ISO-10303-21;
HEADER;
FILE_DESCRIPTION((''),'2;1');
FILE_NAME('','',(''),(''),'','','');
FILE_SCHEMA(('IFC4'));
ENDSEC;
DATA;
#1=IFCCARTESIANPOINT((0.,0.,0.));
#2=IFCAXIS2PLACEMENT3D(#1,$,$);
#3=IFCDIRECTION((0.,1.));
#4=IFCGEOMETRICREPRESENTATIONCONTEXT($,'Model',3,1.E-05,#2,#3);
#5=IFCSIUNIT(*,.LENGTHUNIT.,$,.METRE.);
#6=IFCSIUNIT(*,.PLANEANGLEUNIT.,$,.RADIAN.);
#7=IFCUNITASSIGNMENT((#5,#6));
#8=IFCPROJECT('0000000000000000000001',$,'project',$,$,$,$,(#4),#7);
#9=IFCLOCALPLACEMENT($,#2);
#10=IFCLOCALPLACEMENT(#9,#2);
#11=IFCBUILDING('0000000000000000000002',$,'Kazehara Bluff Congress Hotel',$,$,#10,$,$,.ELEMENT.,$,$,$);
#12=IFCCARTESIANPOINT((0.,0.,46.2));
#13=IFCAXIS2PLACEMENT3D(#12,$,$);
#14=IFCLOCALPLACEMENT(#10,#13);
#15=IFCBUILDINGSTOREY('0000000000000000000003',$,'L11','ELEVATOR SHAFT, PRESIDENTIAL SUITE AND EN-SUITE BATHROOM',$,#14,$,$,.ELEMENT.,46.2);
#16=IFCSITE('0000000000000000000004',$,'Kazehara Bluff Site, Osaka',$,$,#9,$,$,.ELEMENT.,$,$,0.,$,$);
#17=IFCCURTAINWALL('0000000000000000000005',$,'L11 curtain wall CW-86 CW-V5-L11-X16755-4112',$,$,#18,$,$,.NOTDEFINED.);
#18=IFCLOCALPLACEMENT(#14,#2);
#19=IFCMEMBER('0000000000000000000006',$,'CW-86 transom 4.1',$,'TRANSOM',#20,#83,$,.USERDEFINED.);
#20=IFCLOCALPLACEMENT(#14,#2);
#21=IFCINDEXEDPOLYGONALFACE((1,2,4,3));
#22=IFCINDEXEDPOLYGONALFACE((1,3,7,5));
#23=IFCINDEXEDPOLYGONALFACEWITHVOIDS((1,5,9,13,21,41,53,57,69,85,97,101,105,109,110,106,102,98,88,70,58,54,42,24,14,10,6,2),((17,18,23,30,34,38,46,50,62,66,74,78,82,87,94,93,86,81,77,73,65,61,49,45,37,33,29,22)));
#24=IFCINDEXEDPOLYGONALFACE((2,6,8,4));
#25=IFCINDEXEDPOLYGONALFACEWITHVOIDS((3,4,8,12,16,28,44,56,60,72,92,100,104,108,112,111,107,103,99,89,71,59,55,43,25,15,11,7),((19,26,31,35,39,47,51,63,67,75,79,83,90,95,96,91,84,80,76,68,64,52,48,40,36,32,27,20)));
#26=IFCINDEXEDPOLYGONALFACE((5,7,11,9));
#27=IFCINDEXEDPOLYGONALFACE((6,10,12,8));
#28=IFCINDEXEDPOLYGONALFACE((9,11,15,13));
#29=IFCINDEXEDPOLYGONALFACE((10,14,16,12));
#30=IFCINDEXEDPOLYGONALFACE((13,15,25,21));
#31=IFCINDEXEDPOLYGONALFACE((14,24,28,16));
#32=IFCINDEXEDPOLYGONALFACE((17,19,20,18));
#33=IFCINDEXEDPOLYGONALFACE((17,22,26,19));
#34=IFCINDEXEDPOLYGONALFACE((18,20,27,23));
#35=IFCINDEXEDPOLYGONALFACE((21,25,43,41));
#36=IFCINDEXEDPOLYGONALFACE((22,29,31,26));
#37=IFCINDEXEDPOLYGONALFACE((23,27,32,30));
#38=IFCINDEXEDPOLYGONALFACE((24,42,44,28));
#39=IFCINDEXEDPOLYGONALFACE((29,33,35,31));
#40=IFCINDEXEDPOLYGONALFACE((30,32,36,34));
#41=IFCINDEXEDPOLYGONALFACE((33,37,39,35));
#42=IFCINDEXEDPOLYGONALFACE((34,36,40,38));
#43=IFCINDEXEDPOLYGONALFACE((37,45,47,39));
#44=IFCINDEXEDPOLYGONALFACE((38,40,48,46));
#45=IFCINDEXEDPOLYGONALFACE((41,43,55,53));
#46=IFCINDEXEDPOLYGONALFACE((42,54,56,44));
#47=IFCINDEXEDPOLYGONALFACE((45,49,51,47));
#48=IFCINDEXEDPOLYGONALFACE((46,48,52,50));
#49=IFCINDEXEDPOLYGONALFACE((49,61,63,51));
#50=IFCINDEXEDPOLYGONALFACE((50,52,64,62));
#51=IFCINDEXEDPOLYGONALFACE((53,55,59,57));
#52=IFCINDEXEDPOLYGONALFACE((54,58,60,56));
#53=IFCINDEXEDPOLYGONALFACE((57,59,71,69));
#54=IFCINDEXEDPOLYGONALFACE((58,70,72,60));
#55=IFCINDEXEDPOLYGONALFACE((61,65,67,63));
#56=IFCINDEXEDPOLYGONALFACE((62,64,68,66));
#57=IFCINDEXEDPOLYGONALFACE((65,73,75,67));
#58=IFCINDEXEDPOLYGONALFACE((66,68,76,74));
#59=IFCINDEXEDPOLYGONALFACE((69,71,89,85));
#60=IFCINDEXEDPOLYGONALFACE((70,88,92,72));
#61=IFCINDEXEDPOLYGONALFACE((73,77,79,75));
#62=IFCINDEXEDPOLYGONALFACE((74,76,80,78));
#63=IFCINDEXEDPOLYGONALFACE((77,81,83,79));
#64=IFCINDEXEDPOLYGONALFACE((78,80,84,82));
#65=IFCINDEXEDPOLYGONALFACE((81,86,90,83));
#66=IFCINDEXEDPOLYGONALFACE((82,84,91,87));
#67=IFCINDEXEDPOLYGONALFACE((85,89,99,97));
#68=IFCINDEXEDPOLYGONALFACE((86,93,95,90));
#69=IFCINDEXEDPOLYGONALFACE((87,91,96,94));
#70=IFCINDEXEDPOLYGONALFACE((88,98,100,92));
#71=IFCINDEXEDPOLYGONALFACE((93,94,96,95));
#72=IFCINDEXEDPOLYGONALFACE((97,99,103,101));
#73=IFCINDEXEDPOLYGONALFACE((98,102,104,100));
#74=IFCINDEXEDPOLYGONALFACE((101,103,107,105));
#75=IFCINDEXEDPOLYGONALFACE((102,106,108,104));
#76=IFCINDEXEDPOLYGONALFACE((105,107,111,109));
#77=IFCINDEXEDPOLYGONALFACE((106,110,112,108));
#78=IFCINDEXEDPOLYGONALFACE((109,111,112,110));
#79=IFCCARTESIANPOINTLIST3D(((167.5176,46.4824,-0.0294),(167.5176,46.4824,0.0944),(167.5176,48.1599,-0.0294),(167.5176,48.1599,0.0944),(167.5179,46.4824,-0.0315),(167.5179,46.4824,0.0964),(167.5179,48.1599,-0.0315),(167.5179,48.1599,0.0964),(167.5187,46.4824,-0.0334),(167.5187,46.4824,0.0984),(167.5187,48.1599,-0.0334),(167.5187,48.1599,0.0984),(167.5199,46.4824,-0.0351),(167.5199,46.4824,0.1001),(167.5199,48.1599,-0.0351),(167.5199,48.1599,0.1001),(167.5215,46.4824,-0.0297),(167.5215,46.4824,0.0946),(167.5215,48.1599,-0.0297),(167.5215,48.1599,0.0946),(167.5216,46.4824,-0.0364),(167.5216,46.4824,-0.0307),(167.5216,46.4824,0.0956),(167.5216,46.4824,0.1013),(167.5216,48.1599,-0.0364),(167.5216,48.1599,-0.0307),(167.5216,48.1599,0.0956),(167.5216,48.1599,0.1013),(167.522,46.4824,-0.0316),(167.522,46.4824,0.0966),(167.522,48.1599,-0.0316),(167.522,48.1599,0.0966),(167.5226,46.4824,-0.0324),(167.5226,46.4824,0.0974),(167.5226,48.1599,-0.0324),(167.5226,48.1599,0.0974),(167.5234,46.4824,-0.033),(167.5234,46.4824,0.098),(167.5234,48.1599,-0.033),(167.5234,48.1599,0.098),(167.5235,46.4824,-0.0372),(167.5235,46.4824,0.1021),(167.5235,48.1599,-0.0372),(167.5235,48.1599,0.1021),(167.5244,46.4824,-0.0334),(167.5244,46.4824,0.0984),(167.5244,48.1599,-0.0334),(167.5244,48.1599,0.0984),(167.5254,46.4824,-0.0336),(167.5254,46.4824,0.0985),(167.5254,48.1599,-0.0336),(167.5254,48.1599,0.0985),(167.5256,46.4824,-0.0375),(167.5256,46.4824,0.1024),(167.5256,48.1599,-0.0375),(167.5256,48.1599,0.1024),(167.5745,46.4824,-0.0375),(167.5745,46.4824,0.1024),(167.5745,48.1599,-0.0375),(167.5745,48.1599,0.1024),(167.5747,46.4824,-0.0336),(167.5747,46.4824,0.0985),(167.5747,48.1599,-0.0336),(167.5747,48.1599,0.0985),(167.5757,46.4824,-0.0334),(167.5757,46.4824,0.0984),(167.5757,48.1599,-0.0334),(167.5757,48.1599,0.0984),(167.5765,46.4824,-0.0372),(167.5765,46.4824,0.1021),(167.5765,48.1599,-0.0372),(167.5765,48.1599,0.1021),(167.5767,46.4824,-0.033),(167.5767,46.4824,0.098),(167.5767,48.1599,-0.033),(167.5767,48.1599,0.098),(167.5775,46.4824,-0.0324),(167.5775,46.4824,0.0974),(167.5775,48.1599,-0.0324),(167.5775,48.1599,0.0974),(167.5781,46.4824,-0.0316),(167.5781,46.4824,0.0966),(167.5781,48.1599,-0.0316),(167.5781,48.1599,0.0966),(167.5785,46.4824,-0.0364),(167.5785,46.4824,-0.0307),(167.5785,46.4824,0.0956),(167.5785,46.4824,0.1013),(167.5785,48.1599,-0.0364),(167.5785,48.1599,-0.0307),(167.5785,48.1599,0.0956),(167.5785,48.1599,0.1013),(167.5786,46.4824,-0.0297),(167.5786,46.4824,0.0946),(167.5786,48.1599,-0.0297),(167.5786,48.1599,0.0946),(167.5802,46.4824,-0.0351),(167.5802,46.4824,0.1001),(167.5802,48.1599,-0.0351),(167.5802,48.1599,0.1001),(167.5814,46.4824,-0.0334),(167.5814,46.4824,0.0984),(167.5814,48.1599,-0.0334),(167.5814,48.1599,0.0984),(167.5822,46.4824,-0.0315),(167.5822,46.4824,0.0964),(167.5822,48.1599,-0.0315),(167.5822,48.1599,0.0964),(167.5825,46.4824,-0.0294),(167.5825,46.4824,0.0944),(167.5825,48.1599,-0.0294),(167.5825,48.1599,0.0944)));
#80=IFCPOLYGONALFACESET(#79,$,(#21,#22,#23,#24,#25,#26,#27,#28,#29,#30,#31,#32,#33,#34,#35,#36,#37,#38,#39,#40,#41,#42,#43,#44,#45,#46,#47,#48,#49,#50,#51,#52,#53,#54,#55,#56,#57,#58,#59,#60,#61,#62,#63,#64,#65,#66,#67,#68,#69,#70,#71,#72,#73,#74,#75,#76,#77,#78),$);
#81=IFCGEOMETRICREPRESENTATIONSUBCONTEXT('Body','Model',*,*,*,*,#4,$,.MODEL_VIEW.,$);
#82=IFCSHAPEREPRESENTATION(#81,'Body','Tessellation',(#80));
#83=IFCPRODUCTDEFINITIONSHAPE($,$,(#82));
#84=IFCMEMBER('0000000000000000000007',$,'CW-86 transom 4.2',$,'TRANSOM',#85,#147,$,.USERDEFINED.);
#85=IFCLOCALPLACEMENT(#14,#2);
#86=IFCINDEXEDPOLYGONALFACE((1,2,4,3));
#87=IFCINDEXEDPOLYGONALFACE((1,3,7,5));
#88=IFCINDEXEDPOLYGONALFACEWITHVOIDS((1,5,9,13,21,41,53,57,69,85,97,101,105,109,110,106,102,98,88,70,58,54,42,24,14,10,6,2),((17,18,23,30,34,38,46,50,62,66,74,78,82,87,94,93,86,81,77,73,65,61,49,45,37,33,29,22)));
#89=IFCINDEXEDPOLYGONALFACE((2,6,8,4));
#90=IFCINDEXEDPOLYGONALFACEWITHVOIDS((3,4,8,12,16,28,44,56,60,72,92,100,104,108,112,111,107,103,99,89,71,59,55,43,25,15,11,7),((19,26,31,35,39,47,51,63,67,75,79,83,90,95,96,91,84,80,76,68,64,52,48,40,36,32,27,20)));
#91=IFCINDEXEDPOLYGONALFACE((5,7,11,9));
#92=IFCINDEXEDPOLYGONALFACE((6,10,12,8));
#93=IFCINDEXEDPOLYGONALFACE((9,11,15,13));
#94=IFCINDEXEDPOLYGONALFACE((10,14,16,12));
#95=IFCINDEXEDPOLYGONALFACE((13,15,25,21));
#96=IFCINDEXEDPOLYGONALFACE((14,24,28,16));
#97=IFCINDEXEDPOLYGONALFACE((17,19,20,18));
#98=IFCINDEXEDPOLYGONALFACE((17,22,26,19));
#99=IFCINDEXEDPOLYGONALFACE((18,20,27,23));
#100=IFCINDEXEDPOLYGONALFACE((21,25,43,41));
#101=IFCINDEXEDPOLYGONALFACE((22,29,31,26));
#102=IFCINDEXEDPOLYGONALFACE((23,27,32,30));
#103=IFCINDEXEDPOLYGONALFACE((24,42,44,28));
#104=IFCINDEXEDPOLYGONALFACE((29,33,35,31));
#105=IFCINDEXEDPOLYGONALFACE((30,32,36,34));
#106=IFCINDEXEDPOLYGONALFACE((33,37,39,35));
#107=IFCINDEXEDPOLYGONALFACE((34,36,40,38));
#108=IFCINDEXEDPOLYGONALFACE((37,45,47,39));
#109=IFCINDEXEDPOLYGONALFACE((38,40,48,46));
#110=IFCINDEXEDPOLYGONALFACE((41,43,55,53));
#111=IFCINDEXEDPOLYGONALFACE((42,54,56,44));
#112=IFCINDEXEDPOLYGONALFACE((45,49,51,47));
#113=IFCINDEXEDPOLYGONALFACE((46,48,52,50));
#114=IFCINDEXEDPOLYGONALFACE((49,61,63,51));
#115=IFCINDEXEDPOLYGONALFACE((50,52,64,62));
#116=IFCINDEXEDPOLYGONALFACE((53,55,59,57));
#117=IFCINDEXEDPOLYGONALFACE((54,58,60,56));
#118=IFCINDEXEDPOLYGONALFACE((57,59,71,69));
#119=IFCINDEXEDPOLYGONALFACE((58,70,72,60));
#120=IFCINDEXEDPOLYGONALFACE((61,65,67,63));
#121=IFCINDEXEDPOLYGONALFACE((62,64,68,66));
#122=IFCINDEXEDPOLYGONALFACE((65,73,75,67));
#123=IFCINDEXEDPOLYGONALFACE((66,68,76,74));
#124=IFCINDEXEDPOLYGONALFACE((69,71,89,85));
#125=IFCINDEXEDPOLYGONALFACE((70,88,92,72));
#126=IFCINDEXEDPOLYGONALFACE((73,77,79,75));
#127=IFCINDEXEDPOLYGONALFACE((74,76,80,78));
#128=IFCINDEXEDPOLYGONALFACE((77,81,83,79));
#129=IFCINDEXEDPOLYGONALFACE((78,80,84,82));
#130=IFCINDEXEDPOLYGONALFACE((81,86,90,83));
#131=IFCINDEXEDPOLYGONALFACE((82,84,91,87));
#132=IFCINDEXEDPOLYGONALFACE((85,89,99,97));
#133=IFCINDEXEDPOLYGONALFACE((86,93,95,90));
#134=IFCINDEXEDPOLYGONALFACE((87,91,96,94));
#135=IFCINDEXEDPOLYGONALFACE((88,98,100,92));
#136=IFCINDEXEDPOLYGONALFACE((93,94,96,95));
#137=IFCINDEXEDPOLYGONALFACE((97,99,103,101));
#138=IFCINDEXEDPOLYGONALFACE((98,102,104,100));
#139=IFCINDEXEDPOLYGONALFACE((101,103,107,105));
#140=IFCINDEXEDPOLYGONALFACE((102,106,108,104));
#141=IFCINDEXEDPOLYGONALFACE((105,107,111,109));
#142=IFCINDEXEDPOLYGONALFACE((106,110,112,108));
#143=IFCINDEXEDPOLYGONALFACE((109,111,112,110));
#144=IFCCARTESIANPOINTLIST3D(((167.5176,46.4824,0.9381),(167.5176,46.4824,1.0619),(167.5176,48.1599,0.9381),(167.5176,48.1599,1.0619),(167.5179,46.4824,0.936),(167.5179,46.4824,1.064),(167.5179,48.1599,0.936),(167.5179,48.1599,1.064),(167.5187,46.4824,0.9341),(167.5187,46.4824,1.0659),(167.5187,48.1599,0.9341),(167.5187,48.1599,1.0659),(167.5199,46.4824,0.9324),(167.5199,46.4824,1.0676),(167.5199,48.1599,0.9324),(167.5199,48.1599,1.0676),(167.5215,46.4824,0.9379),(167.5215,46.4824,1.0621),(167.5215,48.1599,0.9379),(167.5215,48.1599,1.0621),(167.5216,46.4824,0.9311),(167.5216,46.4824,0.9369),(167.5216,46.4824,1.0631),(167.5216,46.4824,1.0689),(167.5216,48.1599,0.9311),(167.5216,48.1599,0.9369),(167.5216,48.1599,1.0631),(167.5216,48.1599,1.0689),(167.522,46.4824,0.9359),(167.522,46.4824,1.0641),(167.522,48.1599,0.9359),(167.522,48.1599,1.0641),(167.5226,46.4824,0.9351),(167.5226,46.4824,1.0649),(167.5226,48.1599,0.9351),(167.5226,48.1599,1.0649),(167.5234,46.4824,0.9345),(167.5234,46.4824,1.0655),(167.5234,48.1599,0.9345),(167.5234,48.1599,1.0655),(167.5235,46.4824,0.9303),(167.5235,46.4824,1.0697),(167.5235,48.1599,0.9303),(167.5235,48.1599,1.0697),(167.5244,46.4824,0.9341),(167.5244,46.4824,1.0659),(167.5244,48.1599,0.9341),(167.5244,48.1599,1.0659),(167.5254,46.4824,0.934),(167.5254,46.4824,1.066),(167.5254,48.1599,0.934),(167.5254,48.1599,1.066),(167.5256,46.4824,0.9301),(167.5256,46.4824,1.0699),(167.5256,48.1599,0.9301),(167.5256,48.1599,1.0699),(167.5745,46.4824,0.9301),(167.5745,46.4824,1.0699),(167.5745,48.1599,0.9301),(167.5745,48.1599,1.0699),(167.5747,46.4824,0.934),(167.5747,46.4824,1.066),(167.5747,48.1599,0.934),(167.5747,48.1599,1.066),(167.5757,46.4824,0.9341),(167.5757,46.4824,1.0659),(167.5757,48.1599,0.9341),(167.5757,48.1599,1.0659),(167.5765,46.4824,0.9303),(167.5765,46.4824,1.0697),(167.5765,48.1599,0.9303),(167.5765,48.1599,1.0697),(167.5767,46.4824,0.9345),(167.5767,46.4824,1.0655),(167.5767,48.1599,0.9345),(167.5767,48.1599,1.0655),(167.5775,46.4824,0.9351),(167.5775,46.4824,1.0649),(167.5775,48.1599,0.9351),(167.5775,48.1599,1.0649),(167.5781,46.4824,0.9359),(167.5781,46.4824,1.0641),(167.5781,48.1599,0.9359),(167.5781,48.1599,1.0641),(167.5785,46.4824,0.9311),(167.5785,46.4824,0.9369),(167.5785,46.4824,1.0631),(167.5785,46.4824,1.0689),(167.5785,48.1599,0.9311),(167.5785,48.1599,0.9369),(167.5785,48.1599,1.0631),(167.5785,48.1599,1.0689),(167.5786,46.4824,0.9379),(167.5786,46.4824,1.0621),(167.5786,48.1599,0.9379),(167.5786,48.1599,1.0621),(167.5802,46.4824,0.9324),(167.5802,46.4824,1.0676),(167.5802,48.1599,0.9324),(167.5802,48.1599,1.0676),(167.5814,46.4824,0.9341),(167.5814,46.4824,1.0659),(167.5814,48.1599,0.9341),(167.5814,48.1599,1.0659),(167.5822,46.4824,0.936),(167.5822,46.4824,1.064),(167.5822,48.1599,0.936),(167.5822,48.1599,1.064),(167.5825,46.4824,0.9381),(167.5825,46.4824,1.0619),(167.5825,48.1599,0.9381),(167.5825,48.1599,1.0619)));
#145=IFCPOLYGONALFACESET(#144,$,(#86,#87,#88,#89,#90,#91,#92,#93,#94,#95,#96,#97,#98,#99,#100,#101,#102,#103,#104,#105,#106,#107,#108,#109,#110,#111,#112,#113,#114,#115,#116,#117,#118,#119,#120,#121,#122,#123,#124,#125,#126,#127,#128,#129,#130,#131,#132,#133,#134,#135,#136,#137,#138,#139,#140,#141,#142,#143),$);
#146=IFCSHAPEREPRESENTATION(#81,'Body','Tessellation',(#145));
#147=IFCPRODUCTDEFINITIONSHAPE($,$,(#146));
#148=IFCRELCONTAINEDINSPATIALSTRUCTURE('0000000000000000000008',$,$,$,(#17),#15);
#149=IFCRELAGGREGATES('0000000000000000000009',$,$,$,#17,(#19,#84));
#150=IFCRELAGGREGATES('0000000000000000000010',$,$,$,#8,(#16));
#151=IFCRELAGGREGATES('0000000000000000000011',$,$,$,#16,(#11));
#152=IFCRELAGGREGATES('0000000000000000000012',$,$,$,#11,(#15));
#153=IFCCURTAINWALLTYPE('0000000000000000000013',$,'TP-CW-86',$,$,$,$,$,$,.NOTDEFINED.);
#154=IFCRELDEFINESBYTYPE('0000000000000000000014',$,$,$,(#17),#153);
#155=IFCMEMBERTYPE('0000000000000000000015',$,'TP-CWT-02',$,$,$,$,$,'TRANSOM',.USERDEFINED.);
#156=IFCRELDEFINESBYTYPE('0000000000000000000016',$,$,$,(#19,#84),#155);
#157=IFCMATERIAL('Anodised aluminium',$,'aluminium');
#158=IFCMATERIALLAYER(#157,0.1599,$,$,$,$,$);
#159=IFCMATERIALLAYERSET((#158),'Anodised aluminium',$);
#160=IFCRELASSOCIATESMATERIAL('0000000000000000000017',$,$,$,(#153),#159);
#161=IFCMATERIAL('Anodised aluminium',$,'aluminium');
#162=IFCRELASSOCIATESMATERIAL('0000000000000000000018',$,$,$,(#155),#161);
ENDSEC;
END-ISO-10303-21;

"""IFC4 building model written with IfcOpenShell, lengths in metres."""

from ifc_helpers import new_model, si_unit, direction, frame, origin, origin_2d, place, context, subcontext, project, spatial, hollow_rectangle, extrude, material, layer, layer_set, material_profile, profile_set, type_object, element, aggregate, save


model = new_model("IFC4")

# Units and contexts
model_context = context("Model", 3, precision=1e-05, world=origin(), true_north=direction((0.0, 1.0)))
body_context = subcontext(model_context, "Body", "Model", "MODEL_VIEW")
ifc_project = project(units=[si_unit("LENGTHUNIT", "METRE"), si_unit("PLANEANGLEUNIT", "RADIAN")], contexts=[model_context])

# Site, building, storey
site_placement = place(None, origin())
site = spatial("IfcSite", under=ifc_project, at=site_placement, Name="Kazehara Bluff Site, Osaka", CompositionType="ELEMENT", RefElevation=0.0)
building_placement = place(site_placement, origin())
building = spatial("IfcBuilding", under=site, at=building_placement, Name="Kazehara Bluff Congress Hotel", CompositionType="ELEMENT")
storey_placement = place(building_placement, frame((0.0, 0.0, 46.2)))
storey = spatial("IfcBuildingStorey", under=building, at=storey_placement, Name="L11", Description="ELEVATOR SHAFT, PRESIDENTIAL SUITE AND EN-SUITE BATHROOM", CompositionType="ELEMENT", Elevation=46.2)

# Curtain wall, members
ifc_material_1 = material(Name="Anodised aluminium", Category="aluminium")
ifc_layer_1 = layer(ifc_material_1, 0.1599)
ifc_layer_set_1 = layer_set([ifc_layer_1], Name="Anodised aluminium")
curtain_wall_type = type_object("IfcCurtainWallType", Name="TP-CW-86", PredefinedType="NOTDEFINED", material=ifc_layer_set_1)
curtain_wall_placement = place(storey_placement, origin())
curtain_wall = element("IfcCurtainWall", 1, at=curtain_wall_placement, inside=storey, type_object=curtain_wall_type, Name="L11 curtain wall CW-86 CW-V5-L11-X16755-4112", PredefinedType="NOTDEFINED")
ifc_material_2 = material(Name="Anodised aluminium", Category="aluminium")
ifc_material_profile_1 = material_profile(ifc_material_2, hollow_rectangle(XDim=0.0649, YDim=0.1399, WallThickness=0.0039, InnerFilletRadius=0.0039, OuterFilletRadius=0.0081, at=origin_2d()))
ifc_profile_set_1 = profile_set([ifc_material_profile_1], Name="Anodised aluminium")
member_type_1 = type_object("IfcMemberType", Name="TP-CWT-02", ElementType="TRANSOM", PredefinedType="USERDEFINED", material=ifc_profile_set_1)
member_1_placement = place(storey_placement, frame((167.55, 46.4824, 0.0325), z_axis=(0.0, 1.0, 0.0), x_axis=(-1.0, 0.0, 0.0)))
member_1 = element("IfcMember", 2, at=member_1_placement, type_object=member_type_1, Name="CW-86 transom 4.1", ObjectType="TRANSOM", PredefinedType="USERDEFINED", context=body_context, shape_type="SweptSolid", body=[
    extrude(hollow_rectangle(XDim=0.0649, YDim=0.1399, WallThickness=0.0039, InnerFilletRadius=0.0039, OuterFilletRadius=0.0081, at=origin_2d()), origin(), (0.0, 0.0, 1.0), 1.6775),
])
member_2_placement = place(storey_placement, frame((167.55, 46.4824, 1.0), z_axis=(0.0, 1.0, 0.0), x_axis=(-1.0, 0.0, 0.0)))
member_2 = element("IfcMember", 3, at=member_2_placement, type_object=member_type_1, Name="CW-86 transom 4.2", ObjectType="TRANSOM", PredefinedType="USERDEFINED", context=body_context, shape_type="SweptSolid", body=[
    extrude(hollow_rectangle(XDim=0.0649, YDim=0.1399, WallThickness=0.0039, InnerFilletRadius=0.0039, OuterFilletRadius=0.0081, at=origin_2d()), origin(), (0.0, 0.0, 1.0), 1.6775),
])

aggregate(curtain_wall, [member_1, member_2])

save(model, "model.ifc")
